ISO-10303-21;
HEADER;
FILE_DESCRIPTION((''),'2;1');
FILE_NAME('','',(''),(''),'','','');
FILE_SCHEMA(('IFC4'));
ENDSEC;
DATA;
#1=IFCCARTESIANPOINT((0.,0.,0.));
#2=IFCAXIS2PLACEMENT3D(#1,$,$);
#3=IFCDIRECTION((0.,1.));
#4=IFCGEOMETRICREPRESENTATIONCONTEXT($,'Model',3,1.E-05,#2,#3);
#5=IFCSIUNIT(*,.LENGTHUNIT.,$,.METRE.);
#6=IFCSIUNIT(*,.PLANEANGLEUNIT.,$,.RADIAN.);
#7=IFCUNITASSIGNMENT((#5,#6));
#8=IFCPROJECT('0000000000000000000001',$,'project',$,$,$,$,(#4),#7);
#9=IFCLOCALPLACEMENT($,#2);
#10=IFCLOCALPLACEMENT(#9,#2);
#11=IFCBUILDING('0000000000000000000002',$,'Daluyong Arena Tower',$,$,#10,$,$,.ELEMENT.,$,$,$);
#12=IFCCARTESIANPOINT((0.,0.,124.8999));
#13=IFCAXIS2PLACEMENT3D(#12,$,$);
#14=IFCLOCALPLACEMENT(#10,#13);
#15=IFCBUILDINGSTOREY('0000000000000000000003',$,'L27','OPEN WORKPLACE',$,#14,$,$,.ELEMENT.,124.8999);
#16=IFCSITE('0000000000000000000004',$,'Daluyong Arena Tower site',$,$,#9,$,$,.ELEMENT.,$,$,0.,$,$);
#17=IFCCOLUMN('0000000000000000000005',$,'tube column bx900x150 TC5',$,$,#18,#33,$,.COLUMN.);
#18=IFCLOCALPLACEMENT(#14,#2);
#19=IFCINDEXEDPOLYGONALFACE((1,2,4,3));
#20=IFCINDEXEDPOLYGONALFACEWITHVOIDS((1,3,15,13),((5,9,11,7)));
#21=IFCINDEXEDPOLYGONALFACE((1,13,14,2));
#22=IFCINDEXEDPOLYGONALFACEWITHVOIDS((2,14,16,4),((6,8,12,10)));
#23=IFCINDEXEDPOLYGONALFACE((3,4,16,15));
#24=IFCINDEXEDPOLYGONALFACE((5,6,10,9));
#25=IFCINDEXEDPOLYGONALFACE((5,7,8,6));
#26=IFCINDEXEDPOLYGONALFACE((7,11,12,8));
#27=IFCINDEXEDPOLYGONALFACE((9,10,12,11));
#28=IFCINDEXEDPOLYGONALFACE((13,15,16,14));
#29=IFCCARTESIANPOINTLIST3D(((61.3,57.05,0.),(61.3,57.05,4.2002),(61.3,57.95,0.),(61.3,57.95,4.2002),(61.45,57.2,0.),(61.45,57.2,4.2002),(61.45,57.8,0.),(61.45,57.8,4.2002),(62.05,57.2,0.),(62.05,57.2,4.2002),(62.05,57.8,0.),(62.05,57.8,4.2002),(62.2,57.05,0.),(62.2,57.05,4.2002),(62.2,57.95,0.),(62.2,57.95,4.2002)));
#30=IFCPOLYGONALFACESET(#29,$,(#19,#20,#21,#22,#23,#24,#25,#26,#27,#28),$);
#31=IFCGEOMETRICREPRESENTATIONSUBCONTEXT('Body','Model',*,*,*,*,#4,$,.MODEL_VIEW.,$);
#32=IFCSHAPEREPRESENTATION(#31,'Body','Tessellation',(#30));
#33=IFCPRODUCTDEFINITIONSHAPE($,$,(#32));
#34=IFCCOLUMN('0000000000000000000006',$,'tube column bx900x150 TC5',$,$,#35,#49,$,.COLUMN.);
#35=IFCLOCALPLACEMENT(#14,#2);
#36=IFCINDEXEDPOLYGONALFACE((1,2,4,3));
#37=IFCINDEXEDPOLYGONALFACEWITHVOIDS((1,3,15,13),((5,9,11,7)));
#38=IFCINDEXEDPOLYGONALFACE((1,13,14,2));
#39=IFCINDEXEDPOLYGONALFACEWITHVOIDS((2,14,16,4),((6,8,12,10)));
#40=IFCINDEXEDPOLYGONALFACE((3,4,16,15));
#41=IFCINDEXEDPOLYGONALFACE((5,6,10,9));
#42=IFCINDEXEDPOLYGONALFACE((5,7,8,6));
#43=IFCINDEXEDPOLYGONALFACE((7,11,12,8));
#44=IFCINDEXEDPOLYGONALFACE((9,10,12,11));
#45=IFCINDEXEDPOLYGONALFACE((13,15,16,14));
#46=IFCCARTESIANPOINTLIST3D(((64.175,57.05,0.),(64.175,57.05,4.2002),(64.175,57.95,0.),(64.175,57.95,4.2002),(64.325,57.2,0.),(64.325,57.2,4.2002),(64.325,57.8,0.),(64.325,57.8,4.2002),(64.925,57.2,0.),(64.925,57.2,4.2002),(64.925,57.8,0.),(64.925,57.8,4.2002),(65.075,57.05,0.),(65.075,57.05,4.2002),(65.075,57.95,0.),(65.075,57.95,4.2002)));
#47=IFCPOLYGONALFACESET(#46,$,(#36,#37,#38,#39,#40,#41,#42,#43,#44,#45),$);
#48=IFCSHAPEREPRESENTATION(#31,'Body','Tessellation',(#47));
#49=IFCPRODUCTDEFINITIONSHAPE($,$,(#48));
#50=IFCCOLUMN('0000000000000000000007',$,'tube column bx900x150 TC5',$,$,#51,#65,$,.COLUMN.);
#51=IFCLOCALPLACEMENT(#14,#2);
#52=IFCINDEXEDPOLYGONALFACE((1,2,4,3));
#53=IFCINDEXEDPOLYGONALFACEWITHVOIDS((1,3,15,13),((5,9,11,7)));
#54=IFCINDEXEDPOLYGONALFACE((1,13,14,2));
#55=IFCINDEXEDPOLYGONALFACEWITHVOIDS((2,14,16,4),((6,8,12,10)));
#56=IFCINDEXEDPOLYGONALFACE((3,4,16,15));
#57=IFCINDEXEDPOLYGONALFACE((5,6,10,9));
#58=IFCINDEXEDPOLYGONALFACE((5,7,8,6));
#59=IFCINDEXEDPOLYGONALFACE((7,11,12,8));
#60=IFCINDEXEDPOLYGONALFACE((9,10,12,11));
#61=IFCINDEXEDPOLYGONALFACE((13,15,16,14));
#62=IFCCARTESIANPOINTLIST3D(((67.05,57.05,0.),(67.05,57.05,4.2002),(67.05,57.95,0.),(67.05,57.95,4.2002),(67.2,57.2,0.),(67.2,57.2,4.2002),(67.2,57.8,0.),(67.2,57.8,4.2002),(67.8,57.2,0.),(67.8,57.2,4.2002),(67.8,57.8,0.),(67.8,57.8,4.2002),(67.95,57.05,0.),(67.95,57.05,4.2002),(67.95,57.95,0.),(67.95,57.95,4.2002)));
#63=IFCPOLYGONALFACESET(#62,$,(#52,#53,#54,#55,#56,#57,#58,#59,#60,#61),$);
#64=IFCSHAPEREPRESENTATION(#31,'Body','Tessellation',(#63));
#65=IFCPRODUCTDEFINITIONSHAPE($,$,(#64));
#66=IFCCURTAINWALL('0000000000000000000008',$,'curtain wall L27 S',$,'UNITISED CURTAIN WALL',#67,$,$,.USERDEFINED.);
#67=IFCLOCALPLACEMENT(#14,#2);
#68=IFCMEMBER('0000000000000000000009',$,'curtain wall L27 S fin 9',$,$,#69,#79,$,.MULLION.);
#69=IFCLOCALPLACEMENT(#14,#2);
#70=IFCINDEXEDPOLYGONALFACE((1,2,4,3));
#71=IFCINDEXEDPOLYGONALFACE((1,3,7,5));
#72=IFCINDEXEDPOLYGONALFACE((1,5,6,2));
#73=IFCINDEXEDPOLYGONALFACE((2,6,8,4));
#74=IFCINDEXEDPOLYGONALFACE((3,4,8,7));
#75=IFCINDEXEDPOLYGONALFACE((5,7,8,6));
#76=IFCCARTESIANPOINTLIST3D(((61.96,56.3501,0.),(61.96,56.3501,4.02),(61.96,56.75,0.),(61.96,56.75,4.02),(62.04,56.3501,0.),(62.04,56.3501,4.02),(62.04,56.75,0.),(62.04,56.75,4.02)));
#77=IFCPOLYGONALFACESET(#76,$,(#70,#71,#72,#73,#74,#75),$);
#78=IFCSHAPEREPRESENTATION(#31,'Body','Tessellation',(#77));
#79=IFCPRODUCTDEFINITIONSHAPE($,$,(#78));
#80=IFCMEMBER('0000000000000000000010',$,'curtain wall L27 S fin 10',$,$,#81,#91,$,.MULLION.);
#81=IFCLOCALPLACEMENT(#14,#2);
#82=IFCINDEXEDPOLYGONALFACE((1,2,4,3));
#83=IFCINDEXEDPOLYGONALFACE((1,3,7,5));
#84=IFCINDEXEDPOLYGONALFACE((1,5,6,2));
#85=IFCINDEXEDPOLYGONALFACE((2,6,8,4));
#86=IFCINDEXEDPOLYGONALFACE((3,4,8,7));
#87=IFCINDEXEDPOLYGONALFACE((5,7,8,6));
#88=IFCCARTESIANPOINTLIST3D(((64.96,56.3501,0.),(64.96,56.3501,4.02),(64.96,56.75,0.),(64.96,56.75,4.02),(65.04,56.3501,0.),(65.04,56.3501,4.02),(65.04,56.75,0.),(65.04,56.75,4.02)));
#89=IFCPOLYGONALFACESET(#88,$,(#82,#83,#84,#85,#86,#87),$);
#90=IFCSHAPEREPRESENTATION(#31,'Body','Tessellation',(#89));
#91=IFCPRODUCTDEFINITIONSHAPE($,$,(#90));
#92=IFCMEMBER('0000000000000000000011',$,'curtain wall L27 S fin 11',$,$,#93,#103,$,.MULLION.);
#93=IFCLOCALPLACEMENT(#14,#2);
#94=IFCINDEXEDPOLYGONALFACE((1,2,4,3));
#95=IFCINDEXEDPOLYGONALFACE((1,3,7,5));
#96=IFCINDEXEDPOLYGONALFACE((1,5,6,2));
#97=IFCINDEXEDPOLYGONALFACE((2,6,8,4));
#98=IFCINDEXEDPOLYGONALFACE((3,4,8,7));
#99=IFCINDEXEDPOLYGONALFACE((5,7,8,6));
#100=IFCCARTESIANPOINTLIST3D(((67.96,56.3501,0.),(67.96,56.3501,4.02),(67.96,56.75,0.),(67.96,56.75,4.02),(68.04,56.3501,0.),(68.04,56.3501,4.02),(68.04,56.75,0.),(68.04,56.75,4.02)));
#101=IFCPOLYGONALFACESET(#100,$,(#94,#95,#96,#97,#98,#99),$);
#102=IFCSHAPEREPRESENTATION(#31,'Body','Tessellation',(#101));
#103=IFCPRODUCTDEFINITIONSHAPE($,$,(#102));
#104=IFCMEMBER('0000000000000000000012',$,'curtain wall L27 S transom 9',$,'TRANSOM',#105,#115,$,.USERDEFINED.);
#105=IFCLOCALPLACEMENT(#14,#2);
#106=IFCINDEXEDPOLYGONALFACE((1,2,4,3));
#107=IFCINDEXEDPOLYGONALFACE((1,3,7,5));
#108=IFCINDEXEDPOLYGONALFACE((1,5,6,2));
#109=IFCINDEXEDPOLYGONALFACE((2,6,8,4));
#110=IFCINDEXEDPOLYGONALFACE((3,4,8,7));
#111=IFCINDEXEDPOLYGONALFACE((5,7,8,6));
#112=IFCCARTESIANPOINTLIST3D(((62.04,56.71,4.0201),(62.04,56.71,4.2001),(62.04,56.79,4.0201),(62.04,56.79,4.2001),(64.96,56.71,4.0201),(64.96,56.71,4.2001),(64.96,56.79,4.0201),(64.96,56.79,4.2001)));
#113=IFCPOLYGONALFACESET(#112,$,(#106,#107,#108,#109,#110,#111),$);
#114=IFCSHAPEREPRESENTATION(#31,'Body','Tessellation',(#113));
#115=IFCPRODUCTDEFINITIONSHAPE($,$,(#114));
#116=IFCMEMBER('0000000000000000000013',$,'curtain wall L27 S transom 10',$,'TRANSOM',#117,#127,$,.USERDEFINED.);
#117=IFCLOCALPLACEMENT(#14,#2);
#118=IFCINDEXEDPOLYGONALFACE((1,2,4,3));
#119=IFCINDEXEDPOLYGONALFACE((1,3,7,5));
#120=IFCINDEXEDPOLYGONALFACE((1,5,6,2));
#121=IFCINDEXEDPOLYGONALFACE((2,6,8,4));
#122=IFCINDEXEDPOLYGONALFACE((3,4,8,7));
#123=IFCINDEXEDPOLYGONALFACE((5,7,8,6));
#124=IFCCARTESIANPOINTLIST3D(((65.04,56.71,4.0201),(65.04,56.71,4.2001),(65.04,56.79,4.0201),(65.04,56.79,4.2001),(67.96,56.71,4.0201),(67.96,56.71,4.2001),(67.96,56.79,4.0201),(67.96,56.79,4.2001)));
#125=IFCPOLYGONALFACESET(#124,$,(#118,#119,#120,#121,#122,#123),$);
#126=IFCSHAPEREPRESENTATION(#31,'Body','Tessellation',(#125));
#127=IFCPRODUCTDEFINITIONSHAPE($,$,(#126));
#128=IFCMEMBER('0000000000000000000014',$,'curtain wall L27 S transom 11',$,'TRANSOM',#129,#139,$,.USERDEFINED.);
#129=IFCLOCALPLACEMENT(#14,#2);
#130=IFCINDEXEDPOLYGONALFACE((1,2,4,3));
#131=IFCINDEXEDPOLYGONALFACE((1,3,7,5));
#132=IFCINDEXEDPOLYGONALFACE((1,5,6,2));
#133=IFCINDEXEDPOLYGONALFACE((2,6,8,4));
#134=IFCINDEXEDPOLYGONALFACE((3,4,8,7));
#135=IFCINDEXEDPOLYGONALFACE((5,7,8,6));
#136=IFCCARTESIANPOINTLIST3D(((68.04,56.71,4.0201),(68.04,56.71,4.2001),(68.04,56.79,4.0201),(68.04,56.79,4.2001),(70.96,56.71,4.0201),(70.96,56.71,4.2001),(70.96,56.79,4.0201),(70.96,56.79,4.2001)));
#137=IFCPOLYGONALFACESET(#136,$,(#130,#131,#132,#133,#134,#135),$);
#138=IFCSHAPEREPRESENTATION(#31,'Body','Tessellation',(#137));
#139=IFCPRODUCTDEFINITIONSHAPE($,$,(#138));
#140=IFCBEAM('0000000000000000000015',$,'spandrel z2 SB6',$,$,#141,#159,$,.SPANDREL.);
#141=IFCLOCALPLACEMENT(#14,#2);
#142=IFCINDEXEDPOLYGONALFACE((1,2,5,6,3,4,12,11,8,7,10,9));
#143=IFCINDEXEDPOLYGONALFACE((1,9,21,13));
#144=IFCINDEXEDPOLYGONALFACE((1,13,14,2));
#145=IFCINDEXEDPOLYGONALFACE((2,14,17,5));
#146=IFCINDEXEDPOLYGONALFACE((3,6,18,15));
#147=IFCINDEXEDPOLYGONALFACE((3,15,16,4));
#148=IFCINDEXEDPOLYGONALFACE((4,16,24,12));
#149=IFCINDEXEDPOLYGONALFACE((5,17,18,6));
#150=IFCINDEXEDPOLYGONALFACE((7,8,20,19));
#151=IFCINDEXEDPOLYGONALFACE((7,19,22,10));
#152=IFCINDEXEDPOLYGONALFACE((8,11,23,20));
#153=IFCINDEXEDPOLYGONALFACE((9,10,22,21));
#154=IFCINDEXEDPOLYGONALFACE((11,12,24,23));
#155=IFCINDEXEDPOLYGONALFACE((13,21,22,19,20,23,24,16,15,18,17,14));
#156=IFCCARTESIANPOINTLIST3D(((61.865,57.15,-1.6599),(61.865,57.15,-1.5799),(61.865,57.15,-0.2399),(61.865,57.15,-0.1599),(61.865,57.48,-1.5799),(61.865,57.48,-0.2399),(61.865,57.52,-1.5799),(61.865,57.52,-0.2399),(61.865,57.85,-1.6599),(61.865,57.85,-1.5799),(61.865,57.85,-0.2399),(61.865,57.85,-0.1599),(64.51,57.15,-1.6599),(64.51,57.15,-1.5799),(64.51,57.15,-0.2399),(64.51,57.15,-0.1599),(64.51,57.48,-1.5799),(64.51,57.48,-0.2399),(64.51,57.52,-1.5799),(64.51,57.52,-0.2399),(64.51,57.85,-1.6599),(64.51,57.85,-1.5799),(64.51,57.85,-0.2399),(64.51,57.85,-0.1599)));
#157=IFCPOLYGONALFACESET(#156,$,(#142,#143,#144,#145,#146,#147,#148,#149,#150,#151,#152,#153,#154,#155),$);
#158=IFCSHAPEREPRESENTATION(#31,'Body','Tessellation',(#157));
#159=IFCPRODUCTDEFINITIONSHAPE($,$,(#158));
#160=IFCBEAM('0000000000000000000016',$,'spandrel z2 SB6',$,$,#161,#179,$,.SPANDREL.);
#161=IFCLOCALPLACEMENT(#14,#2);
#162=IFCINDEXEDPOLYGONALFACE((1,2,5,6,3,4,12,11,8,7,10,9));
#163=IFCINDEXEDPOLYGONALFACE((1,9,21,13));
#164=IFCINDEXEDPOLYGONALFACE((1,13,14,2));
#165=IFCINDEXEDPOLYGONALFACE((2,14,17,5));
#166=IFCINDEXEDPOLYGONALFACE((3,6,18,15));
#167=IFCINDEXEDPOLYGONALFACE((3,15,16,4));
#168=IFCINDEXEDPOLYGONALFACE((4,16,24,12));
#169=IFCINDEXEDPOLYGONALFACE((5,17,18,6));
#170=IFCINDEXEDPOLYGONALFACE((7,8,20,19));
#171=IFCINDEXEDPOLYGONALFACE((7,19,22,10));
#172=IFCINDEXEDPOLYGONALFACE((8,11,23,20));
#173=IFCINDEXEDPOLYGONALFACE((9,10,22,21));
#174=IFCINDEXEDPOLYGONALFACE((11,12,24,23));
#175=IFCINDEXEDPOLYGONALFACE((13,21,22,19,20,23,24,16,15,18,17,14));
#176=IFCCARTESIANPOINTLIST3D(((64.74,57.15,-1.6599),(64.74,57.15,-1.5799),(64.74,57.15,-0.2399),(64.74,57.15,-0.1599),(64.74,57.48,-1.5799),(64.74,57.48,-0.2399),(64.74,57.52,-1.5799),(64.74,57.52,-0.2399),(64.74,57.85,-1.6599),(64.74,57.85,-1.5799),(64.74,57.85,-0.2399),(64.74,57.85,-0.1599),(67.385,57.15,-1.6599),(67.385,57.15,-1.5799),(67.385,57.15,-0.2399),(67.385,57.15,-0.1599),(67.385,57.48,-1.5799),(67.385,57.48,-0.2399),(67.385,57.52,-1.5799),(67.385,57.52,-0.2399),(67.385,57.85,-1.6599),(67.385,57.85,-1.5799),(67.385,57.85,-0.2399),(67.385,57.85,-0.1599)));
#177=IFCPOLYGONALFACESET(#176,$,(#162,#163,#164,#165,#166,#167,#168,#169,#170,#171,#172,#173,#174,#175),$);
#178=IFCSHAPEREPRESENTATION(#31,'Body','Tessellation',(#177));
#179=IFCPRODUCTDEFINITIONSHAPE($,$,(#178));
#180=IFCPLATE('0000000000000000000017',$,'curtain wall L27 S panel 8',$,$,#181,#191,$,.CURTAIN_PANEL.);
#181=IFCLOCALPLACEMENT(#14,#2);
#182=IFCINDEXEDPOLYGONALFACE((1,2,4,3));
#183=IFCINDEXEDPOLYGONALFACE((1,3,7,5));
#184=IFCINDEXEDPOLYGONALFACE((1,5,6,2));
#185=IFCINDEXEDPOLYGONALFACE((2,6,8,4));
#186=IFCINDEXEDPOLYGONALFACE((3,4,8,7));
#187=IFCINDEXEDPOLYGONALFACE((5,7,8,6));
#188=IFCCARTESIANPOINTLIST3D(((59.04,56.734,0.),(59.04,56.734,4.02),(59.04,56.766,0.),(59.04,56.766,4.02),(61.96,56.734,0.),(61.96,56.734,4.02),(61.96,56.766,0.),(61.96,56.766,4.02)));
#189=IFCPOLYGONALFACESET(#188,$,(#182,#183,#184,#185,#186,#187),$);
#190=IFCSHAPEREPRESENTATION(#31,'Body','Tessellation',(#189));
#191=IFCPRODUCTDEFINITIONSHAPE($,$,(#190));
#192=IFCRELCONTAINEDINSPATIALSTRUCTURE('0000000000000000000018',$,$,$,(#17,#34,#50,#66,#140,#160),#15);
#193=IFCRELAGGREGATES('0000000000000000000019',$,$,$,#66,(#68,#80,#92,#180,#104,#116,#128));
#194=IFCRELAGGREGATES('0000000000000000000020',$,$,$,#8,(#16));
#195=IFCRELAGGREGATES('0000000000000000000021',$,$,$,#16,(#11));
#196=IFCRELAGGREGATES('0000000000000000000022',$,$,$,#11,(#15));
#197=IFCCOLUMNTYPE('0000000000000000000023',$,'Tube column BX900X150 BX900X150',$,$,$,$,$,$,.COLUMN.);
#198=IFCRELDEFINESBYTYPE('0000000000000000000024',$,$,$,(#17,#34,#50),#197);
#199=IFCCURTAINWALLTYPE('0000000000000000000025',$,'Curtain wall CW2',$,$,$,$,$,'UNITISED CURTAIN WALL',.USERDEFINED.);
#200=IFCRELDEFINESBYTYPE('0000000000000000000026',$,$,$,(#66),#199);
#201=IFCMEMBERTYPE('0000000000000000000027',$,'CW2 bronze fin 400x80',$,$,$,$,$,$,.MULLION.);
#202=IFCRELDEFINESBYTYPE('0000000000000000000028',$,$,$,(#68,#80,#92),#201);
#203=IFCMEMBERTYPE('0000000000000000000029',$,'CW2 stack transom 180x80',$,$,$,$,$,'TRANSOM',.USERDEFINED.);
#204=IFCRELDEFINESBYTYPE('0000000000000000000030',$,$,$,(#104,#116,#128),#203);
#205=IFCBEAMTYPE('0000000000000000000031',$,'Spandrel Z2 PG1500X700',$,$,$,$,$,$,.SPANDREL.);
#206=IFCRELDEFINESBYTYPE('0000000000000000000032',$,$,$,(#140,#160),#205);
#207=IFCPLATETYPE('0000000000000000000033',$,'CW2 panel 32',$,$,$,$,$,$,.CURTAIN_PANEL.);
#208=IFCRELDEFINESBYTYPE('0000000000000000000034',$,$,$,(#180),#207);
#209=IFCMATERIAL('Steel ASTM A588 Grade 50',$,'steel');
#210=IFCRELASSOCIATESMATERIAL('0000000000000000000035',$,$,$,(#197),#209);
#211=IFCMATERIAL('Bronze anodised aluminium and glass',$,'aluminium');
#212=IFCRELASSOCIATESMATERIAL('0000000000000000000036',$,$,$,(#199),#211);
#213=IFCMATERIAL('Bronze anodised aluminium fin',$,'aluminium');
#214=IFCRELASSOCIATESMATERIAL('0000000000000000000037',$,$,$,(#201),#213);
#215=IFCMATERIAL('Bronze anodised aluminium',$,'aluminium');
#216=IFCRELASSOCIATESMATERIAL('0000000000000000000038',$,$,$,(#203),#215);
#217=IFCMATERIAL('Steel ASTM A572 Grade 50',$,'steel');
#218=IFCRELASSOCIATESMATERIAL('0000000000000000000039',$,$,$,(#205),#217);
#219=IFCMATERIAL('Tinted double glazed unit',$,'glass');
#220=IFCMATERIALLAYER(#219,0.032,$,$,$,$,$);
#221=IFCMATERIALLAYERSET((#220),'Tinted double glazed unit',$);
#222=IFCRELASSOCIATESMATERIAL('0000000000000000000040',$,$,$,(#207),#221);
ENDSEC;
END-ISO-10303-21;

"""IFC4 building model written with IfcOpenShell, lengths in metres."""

from ifc_helpers import new_model, si_unit, direction, frame, origin, origin_2d, place, context, subcontext, project, spatial, rectangle, hollow_rectangle, i_section, extrude, material, layer, layer_set, material_profile, profile_set, type_object, element, aggregate, save


model = new_model("IFC4")

# Units and contexts
model_context = context("Model", 3, precision=1e-05, world=origin(), true_north=direction((0.0, 1.0)))
body_context = subcontext(model_context, "Body", "Model", "MODEL_VIEW")
ifc_project = project(units=[si_unit("LENGTHUNIT", "METRE"), si_unit("PLANEANGLEUNIT", "RADIAN")], contexts=[model_context])

# Site, building, storey
site_placement = place(None, origin())
site = spatial("IfcSite", under=ifc_project, at=site_placement, Name="Daluyong Arena Tower site", CompositionType="ELEMENT", RefElevation=0.0)
building_placement = place(site_placement, origin())
building = spatial("IfcBuilding", under=site, at=building_placement, Name="Daluyong Arena Tower", CompositionType="ELEMENT")
storey_placement = place(building_placement, frame((0.0, 0.0, 124.8999)))
storey = spatial("IfcBuildingStorey", under=building, at=storey_placement, Name="L27", Description="OPEN WORKPLACE", CompositionType="ELEMENT", Elevation=124.8999)

# Columns
ifc_material_1 = material(Name="Steel ASTM A588 Grade 50", Category="steel")
ifc_material_profile_1 = material_profile(ifc_material_1, hollow_rectangle(XDim=0.8999, YDim=0.8999, WallThickness=0.15, at=origin_2d()))
ifc_profile_set_1 = profile_set([ifc_material_profile_1], Name="Steel ASTM A588 Grade 50")
column_type = type_object("IfcColumnType", Name="Tube column BX900X150 BX900X150", PredefinedType="COLUMN", material=ifc_profile_set_1)
for number, where, z_axis, x_axis, name in (
    (1, (61.75, 57.5, 0.0), (0.0, 0.0, 1.0), (1.0, 0.0, 0.0), "tube column bx900x150 TC5"),
    (2, (64.625, 57.5, 0.0), (0.0, 0.0, 1.0), (1.0, 0.0, 0.0), "tube column bx900x150 TC5"),
    (3, (67.5, 57.5, 0.0), (0.0, 0.0, 1.0), (1.0, 0.0, 0.0), "tube column bx900x150 TC5"),
):
    element("IfcColumn", number, at=place(storey_placement, frame(where, z_axis=z_axis, x_axis=x_axis)), inside=storey, type_object=column_type, Name=name, PredefinedType="COLUMN", context=body_context, shape_type="SweptSolid", body=[
        extrude(hollow_rectangle(XDim=0.8999, YDim=0.8999, WallThickness=0.15, at=origin_2d()), origin(), (0.0, 0.0, 1.0), 4.2002),
    ])

# Curtain wall, members
ifc_material_2 = material(Name="Bronze anodised aluminium and glass", Category="aluminium")
curtain_wall_type = type_object("IfcCurtainWallType", Name="Curtain wall CW2", ElementType="UNITISED CURTAIN WALL", PredefinedType="USERDEFINED", material=ifc_material_2)
curtain_wall_placement = place(storey_placement, origin())
curtain_wall = element("IfcCurtainWall", 4, at=curtain_wall_placement, inside=storey, type_object=curtain_wall_type, Name="curtain wall L27 S", ObjectType="UNITISED CURTAIN WALL", PredefinedType="USERDEFINED")
ifc_material_3 = material(Name="Bronze anodised aluminium fin", Category="aluminium")
ifc_material_profile_2 = material_profile(ifc_material_3, rectangle(XDim=0.3999, YDim=0.0801, at=origin_2d()))
ifc_profile_set_2 = profile_set([ifc_material_profile_2], Name="Bronze anodised aluminium fin")
member_type_1 = type_object("IfcMemberType", Name="CW2 bronze fin 400x80", PredefinedType="MULLION", material=ifc_profile_set_2)
member_1_placement = place(storey_placement, frame((62.0, 56.55, 0.0), z_axis=(0.0, 0.0, 1.0), x_axis=(0.0, 1.0, 0.0)))
member_1 = element("IfcMember", 5, at=member_1_placement, type_object=member_type_1, Name="curtain wall L27 S fin 9", PredefinedType="MULLION", context=body_context, shape_type="SweptSolid", body=[
    extrude(rectangle(XDim=0.3999, YDim=0.0801, at=origin_2d()), origin(), (0.0, 0.0, 1.0), 4.02),
])
member_2_placement = place(storey_placement, frame((65.0, 56.55, 0.0), z_axis=(0.0, 0.0, 1.0), x_axis=(0.0, 1.0, 0.0)))
member_2 = element("IfcMember", 6, at=member_2_placement, type_object=member_type_1, Name="curtain wall L27 S fin 10", PredefinedType="MULLION", context=body_context, shape_type="SweptSolid", body=[
    extrude(rectangle(XDim=0.3999, YDim=0.0801, at=origin_2d()), origin(), (0.0, 0.0, 1.0), 4.02),
])
member_3_placement = place(storey_placement, frame((68.0, 56.55, 0.0), z_axis=(0.0, 0.0, 1.0), x_axis=(0.0, 1.0, 0.0)))
member_3 = element("IfcMember", 7, at=member_3_placement, type_object=member_type_1, Name="curtain wall L27 S fin 11", PredefinedType="MULLION", context=body_context, shape_type="SweptSolid", body=[
    extrude(rectangle(XDim=0.3999, YDim=0.0801, at=origin_2d()), origin(), (0.0, 0.0, 1.0), 4.02),
])
ifc_material_4 = material(Name="Bronze anodised aluminium", Category="aluminium")
ifc_material_profile_3 = material_profile(ifc_material_4, rectangle(XDim=0.0801, YDim=0.1799, at=origin_2d()))
ifc_profile_set_3 = profile_set([ifc_material_profile_3], Name="Bronze anodised aluminium")
member_type_2 = type_object("IfcMemberType", Name="CW2 stack transom 180x80", ElementType="TRANSOM", PredefinedType="USERDEFINED", material=ifc_profile_set_3)
member_4_placement = place(storey_placement, frame((62.04, 56.75, 4.1101), z_axis=(1.0, 0.0, 0.0), x_axis=(0.0, 1.0, 0.0)))
member_4 = element("IfcMember", 8, at=member_4_placement, type_object=member_type_2, Name="curtain wall L27 S transom 9", ObjectType="TRANSOM", PredefinedType="USERDEFINED", context=body_context, shape_type="SweptSolid", body=[
    extrude(rectangle(XDim=0.0801, YDim=0.1799, at=origin_2d()), origin(), (0.0, 0.0, 1.0), 2.9199),
])
member_5_placement = place(storey_placement, frame((65.04, 56.75, 4.1101), z_axis=(1.0, 0.0, 0.0), x_axis=(0.0, 1.0, 0.0)))
member_5 = element("IfcMember", 9, at=member_5_placement, type_object=member_type_2, Name="curtain wall L27 S transom 10", ObjectType="TRANSOM", PredefinedType="USERDEFINED", context=body_context, shape_type="SweptSolid", body=[
    extrude(rectangle(XDim=0.0801, YDim=0.1799, at=origin_2d()), origin(), (0.0, 0.0, 1.0), 2.9199),
])
member_6_placement = place(storey_placement, frame((68.04, 56.75, 4.1101), z_axis=(1.0, 0.0, 0.0), x_axis=(0.0, 1.0, 0.0)))
member_6 = element("IfcMember", 10, at=member_6_placement, type_object=member_type_2, Name="curtain wall L27 S transom 11", ObjectType="TRANSOM", PredefinedType="USERDEFINED", context=body_context, shape_type="SweptSolid", body=[
    extrude(rectangle(XDim=0.0801, YDim=0.1799, at=origin_2d()), origin(), (0.0, 0.0, 1.0), 2.9199),
])

# Beams
ifc_material_5 = material(Name="Steel ASTM A572 Grade 50", Category="steel")
ifc_material_profile_4 = material_profile(ifc_material_5, i_section(OverallWidth=0.7, OverallDepth=1.5, WebThickness=0.04, FlangeThickness=0.08, at=origin_2d()))
ifc_profile_set_4 = profile_set([ifc_material_profile_4], Name="Steel ASTM A572 Grade 50")
beam_type = type_object("IfcBeamType", Name="Spandrel Z2 PG1500X700", PredefinedType="SPANDREL", material=ifc_profile_set_4)
for number, where, z_axis, x_axis, name in (
    (11, (61.865, 57.5, -0.9099), (1.0, 0.0, 0.0), (0.0, 1.0, 0.0), "spandrel z2 SB6"),
    (12, (64.74, 57.5, -0.9099), (1.0, 0.0, 0.0), (0.0, 1.0, 0.0), "spandrel z2 SB6"),
):
    element("IfcBeam", number, at=place(storey_placement, frame(where, z_axis=z_axis, x_axis=x_axis)), inside=storey, type_object=beam_type, Name=name, PredefinedType="SPANDREL", context=body_context, shape_type="SweptSolid", body=[
        extrude(i_section(OverallWidth=0.7, OverallDepth=1.5, WebThickness=0.04, FlangeThickness=0.08, at=origin_2d()), origin(), (0.0, 0.0, 1.0), 2.645),
    ])

# Plate
ifc_material_6 = material(Name="Tinted double glazed unit", Category="glass")
ifc_layer = layer(ifc_material_6, 0.032)
ifc_layer_set = layer_set([ifc_layer], Name="Tinted double glazed unit")
plate_type = type_object("IfcPlateType", Name="CW2 panel 32", PredefinedType="CURTAIN_PANEL", material=ifc_layer_set)
plate_1_placement = place(storey_placement, frame((60.5, 56.75, 0.0), z_axis=(0.0, 0.0, 1.0), x_axis=(1.0, 0.0, 0.0)))
plate_1 = element("IfcPlate", 13, at=plate_1_placement, type_object=plate_type, Name="curtain wall L27 S panel 8", PredefinedType="CURTAIN_PANEL", context=body_context, shape_type="SweptSolid", body=[
    extrude(rectangle(XDim=2.9199, YDim=0.032, at=origin_2d()), origin(), (0.0, 0.0, 1.0), 4.02),
])
aggregate(curtain_wall, [member_1, member_2, member_3, plate_1, member_4, member_5, member_6])

save(model, "model.ifc")
